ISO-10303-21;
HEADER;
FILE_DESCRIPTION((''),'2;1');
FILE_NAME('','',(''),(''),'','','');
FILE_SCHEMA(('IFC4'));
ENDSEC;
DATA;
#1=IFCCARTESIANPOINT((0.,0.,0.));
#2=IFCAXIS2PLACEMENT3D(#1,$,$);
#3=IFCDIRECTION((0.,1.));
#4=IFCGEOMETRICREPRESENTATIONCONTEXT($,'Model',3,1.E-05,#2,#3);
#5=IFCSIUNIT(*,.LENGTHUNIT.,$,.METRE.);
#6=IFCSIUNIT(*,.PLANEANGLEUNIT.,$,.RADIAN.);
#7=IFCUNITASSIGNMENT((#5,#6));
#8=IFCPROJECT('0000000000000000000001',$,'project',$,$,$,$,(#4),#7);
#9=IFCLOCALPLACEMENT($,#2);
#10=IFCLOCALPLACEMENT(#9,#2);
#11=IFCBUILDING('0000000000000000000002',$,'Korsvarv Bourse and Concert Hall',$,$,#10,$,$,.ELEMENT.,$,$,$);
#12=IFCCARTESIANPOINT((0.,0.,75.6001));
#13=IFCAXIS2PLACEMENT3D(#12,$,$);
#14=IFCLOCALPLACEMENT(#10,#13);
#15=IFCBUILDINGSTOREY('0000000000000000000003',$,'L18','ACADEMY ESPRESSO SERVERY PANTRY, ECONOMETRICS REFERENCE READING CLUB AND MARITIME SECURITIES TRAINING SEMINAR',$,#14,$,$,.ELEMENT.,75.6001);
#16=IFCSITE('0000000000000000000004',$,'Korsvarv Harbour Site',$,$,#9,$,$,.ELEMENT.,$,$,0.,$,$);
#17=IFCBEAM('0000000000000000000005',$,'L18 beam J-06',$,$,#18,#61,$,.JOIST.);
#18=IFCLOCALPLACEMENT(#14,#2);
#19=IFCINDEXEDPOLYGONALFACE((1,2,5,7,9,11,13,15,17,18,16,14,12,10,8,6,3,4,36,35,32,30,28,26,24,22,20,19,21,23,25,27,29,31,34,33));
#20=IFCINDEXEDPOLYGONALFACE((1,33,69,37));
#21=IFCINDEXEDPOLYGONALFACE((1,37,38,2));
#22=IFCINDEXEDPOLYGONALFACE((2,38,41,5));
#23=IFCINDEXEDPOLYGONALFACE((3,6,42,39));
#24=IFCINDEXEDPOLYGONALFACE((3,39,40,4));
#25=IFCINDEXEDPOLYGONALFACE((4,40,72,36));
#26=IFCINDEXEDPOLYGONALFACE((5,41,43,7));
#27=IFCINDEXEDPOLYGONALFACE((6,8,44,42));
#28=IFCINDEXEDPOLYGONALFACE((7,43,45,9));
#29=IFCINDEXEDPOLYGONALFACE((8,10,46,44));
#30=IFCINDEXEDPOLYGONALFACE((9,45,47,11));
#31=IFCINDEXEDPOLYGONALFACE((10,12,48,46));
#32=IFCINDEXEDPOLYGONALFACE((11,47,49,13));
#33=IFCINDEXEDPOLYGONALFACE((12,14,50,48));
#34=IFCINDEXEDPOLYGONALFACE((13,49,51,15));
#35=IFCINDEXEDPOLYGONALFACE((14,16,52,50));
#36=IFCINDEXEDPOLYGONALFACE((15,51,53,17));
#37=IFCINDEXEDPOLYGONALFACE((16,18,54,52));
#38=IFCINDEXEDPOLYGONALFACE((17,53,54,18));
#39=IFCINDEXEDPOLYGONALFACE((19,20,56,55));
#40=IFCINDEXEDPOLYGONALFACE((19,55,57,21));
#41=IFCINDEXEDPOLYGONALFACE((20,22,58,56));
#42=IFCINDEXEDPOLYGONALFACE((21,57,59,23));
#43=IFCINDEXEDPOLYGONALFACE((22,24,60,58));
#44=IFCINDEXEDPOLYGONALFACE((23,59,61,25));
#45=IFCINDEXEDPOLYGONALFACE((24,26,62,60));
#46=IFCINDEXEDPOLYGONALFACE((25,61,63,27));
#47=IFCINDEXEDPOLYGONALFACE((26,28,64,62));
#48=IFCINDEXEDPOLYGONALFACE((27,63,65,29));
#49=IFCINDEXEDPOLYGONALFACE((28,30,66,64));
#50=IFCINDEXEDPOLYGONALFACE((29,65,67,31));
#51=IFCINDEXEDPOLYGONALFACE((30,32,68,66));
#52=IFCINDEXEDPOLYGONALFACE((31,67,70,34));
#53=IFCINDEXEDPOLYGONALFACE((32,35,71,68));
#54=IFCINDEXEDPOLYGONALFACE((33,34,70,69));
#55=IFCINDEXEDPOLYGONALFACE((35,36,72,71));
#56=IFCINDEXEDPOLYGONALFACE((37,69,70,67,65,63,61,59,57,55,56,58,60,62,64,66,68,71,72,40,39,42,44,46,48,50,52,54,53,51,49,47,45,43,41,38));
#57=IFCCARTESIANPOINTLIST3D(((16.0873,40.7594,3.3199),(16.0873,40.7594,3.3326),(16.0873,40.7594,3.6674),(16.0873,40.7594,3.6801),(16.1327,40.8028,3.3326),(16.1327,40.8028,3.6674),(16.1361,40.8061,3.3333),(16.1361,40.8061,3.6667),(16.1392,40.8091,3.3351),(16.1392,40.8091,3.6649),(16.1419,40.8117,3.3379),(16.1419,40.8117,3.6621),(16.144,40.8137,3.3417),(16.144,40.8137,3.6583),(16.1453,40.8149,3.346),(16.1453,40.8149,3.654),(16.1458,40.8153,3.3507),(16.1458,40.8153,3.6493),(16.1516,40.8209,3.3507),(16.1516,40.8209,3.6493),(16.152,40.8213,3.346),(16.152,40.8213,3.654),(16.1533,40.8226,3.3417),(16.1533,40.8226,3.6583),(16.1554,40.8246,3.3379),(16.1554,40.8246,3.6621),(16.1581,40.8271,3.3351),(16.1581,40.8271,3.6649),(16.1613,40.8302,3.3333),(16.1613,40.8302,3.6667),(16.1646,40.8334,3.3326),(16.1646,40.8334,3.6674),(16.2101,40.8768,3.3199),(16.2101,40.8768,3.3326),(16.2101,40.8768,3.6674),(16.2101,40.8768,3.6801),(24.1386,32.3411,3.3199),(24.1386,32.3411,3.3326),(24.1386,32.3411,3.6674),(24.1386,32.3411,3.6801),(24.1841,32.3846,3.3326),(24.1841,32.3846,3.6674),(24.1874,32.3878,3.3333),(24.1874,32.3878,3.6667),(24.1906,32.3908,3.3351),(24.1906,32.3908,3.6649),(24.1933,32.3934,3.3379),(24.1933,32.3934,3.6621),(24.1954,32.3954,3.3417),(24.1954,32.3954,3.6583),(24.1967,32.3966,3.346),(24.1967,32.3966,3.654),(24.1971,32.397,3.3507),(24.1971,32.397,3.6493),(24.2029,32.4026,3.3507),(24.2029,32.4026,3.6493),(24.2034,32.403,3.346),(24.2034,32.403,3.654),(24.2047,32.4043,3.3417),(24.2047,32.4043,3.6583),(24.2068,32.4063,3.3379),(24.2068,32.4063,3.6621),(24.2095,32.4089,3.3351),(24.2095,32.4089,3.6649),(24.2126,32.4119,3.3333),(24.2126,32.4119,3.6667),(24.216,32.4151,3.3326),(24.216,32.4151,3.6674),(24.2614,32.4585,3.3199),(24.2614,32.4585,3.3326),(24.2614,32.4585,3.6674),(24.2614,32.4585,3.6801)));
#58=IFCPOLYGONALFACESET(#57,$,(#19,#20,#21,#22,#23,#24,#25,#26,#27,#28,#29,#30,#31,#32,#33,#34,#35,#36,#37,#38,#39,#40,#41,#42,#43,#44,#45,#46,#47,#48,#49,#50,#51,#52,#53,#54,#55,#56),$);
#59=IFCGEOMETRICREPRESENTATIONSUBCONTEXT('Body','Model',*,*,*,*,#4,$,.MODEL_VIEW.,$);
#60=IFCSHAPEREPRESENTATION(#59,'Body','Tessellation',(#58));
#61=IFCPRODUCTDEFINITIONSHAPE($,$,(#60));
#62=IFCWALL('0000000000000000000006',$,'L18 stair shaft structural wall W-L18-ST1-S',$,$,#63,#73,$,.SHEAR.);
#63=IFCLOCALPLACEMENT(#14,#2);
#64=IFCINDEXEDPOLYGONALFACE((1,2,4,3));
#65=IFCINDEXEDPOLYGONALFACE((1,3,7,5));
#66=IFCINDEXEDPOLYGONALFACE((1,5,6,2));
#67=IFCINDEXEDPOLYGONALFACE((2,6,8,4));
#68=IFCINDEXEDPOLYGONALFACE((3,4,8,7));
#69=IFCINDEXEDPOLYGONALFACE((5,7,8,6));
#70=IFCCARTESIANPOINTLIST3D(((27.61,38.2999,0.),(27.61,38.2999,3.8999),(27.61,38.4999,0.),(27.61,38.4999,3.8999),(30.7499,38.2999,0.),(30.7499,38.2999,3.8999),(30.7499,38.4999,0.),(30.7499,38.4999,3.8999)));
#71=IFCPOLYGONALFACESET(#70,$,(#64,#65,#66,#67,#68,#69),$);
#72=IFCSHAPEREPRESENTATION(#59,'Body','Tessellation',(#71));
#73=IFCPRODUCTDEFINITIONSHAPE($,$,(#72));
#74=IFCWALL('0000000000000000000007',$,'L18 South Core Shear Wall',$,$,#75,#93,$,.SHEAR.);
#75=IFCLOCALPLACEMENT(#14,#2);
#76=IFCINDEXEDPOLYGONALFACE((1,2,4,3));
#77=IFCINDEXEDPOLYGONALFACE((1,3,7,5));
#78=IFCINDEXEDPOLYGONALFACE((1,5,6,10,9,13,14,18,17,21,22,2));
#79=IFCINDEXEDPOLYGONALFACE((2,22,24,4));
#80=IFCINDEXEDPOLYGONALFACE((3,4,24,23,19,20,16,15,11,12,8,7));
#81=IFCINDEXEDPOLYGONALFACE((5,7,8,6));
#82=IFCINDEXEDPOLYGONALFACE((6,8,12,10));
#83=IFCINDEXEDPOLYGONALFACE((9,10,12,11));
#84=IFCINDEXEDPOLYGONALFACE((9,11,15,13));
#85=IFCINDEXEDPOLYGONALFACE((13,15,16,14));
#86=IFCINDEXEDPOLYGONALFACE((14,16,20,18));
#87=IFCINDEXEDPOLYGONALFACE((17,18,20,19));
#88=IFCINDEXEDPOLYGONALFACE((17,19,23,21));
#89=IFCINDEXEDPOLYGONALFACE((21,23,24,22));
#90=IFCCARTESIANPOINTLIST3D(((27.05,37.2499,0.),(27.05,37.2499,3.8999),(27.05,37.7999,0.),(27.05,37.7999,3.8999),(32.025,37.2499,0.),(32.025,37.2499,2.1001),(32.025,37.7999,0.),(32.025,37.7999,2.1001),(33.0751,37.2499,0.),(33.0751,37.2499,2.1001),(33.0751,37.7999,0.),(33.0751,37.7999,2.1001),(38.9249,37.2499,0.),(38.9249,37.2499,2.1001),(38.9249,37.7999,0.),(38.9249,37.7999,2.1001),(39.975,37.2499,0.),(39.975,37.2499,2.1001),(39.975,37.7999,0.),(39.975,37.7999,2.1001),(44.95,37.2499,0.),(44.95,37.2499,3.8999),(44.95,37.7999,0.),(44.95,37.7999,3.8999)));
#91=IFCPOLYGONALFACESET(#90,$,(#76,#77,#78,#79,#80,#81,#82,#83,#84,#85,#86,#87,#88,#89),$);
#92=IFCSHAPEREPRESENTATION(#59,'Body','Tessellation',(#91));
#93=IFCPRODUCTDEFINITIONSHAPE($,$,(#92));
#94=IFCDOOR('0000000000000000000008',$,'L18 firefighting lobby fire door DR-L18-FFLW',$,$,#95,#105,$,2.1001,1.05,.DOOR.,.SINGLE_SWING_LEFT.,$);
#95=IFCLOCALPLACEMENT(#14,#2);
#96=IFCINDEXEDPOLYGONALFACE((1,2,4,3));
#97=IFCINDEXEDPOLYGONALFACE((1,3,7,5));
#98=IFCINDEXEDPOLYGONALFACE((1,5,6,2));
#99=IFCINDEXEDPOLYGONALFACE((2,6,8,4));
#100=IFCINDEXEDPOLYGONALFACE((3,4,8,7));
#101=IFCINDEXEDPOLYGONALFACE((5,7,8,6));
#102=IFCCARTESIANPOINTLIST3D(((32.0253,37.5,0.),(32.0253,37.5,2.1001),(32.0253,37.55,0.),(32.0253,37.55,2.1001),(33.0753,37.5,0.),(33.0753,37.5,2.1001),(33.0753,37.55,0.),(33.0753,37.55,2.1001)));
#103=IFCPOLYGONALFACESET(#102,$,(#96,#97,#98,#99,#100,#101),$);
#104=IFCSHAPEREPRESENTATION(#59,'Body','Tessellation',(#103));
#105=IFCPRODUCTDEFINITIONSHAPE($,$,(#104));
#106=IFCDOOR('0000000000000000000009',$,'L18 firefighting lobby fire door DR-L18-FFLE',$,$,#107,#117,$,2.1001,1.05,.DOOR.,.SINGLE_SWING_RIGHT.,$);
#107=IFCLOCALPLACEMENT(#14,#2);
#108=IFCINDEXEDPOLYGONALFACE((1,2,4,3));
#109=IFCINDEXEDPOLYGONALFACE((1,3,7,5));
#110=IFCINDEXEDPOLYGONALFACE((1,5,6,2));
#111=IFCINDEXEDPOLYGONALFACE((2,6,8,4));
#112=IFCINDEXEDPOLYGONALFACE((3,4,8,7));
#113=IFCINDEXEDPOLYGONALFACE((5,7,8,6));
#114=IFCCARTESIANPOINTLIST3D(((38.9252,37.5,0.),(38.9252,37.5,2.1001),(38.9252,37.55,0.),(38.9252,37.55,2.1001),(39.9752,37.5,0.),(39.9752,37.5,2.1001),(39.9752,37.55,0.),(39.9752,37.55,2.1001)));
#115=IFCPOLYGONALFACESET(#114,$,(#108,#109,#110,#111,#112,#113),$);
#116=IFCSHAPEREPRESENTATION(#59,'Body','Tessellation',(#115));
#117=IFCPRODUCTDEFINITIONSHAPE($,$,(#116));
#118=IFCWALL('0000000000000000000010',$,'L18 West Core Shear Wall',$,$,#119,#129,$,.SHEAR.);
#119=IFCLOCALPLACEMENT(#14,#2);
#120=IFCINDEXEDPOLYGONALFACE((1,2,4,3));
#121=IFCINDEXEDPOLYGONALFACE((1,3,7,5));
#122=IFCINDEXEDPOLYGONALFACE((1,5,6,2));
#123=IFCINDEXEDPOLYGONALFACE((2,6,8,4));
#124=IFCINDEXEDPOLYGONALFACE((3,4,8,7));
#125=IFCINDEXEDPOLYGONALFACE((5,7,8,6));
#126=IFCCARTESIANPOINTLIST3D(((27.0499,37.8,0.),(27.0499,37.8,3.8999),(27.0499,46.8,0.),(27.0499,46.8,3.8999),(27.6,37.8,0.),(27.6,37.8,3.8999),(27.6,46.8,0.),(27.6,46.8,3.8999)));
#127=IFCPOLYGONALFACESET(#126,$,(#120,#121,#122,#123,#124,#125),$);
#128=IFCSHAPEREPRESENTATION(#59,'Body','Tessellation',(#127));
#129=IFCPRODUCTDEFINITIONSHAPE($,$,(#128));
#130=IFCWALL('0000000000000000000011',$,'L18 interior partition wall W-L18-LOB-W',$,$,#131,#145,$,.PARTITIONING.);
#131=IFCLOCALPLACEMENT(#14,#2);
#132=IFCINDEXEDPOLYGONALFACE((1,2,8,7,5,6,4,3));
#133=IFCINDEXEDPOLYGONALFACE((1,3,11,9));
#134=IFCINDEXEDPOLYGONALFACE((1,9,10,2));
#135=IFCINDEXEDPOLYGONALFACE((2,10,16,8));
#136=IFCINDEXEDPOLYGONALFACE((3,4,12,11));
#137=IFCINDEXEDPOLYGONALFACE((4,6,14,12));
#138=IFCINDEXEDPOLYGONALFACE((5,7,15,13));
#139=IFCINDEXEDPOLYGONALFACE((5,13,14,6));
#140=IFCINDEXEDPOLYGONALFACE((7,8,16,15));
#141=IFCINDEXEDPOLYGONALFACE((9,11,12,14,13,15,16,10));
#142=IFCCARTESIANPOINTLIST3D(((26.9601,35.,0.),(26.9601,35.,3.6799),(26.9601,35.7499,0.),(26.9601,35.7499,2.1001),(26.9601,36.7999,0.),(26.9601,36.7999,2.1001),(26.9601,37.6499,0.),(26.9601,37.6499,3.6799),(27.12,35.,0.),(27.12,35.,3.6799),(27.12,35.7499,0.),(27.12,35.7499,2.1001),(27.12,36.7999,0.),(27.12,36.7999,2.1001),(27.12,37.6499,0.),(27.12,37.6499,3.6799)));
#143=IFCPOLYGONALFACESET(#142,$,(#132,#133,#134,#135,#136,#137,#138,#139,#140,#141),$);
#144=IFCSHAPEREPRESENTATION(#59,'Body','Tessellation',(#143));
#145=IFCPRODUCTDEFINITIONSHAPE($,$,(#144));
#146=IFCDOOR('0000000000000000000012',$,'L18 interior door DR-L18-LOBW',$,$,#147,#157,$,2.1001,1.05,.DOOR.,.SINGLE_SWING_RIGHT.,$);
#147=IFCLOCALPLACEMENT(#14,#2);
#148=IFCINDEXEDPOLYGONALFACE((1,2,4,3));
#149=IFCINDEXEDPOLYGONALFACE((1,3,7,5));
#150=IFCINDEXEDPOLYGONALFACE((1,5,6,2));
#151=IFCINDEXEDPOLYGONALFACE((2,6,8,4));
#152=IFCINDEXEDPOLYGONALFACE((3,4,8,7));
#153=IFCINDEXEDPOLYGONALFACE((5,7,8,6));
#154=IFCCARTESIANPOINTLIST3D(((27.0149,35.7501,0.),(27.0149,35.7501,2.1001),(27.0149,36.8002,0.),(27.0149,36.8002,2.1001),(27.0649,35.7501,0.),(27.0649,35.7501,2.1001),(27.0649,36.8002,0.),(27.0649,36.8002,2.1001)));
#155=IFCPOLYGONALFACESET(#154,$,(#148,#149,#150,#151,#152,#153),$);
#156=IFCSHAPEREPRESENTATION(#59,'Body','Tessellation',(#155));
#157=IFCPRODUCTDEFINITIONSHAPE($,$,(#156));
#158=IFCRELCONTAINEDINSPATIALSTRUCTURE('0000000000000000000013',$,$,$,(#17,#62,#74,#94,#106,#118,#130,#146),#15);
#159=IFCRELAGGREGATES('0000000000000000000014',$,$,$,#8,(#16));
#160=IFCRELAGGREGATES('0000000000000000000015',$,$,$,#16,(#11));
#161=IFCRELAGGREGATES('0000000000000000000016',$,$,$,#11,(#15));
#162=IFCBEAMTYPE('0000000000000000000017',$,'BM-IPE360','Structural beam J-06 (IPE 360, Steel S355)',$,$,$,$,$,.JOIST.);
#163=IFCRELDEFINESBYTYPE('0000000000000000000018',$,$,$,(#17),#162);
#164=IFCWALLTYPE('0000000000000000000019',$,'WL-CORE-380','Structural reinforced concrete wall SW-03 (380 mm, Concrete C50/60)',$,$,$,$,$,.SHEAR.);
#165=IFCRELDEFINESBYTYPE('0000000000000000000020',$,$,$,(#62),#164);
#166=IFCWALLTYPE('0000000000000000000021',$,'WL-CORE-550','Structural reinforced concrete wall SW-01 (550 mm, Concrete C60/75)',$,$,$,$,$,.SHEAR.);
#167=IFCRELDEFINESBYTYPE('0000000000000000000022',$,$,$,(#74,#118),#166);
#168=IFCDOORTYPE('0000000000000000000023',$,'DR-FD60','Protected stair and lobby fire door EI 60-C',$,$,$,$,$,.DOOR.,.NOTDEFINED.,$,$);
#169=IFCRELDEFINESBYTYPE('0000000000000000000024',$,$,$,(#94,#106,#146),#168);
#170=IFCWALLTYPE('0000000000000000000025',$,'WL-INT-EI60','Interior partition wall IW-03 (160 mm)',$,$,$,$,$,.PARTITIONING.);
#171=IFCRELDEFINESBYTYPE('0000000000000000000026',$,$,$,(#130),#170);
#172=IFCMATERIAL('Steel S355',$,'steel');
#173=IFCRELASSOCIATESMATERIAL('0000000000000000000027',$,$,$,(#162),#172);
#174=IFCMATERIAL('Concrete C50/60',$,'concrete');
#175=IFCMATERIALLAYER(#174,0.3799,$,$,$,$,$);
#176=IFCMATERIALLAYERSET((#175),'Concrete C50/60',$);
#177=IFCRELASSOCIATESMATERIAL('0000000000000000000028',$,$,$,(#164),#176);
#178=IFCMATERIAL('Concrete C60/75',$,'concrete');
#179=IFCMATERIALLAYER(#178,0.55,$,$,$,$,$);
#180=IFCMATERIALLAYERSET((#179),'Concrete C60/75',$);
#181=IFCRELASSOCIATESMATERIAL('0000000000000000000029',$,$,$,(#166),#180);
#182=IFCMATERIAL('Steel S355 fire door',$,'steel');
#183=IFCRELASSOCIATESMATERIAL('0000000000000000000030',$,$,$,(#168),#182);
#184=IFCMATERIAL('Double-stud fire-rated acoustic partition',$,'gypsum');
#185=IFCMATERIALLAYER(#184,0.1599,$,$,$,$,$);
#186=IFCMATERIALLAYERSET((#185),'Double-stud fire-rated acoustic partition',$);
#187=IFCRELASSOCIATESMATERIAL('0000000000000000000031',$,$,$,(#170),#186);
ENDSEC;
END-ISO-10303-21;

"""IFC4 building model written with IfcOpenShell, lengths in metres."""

from ifc_helpers import new_model, si_unit, direction, frame, frame_2d, origin, origin_2d, place, context, subcontext, project, spatial, rectangle, i_section, extrude, source, transform, mapped, material, layer, layer_set, material_profile, profile_set, type_object, element, fill, save


model = new_model("IFC4")

# Units and contexts
model_context = context("Model", 3, precision=1e-05, world=origin(), true_north=direction((0.0, 1.0)))
body_context = subcontext(model_context, "Body", "Model", "MODEL_VIEW")
ifc_project = project(units=[si_unit("LENGTHUNIT", "METRE"), si_unit("PLANEANGLEUNIT", "RADIAN")], contexts=[model_context])

# Site, building, storey
site_placement = place(None, origin())
site = spatial("IfcSite", under=ifc_project, at=site_placement, Name="Korsvarv Harbour Site", CompositionType="ELEMENT", RefElevation=0.0)
building_placement = place(site_placement, origin())
building = spatial("IfcBuilding", under=site, at=building_placement, Name="Korsvarv Bourse and Concert Hall", CompositionType="ELEMENT")
storey_placement = place(building_placement, frame((0.0, 0.0, 75.6001)))
storey = spatial("IfcBuildingStorey", under=building, at=storey_placement, Name="L18", Description="ACADEMY ESPRESSO SERVERY PANTRY, ECONOMETRICS REFERENCE READING CLUB AND MARITIME SECURITIES TRAINING SEMINAR", CompositionType="ELEMENT", Elevation=75.6001)

# Shared definitions
ifc_material_1 = material(Name="Concrete C60/75", Category="concrete")

# Beam
ifc_material_2 = material(Name="Steel S355", Category="steel")
ifc_material_profile_1 = material_profile(ifc_material_2, i_section(OverallWidth=0.1699, OverallDepth=0.3601, WebThickness=0.0081, FlangeThickness=0.0127, FilletRadius=0.0181, at=origin_2d()), Name="IPE 360")
ifc_profile_set_1 = profile_set([ifc_material_profile_1], Name="Steel S355")
beam_type_1 = type_object("IfcBeamType", Name="BM-IPE360", Description="Structural beam J-06 (IPE 360, Steel S355)", PredefinedType="JOIST", material=ifc_profile_set_1)
shared_shape_1 = source(origin(), body_context, "Body", "SweptSolid", [
    extrude(i_section(OverallWidth=0.1699, OverallDepth=0.3601, WebThickness=0.0081, FlangeThickness=0.0127, FilletRadius=0.0181, at=origin_2d()), origin(), (0.0, 0.0, 1.0), 11.6487),
])
beam_1_placement = place(storey_placement, frame((16.1487, 40.8181, 3.5), z_axis=(0.691181, -0.722682, 0.0), x_axis=(0.722682, 0.691181, 0.0)))
element("IfcBeam", 1, at=beam_1_placement, inside=storey, type_object=beam_type_1, Name="L18 beam J-06", PredefinedType="JOIST", context=body_context, shape_type="MappedRepresentation", body=[
    mapped(shared_shape_1, transform((0.0, 0.0, 0.0), scale=1.0)),
])

# Wall
ifc_material_3 = material(Name="Concrete C50/60", Category="concrete")
ifc_layer_1 = layer(ifc_material_3, 0.3799)
ifc_layer_set_1 = layer_set([ifc_layer_1], Name="Concrete C50/60")
wall_type_1 = type_object("IfcWallType", Name="WL-CORE-380", Description="Structural reinforced concrete wall SW-03 (380 mm, Concrete C50/60)", PredefinedType="SHEAR", material=ifc_layer_set_1)
wall_1_placement = place(storey_placement, frame((27.6101, 38.3999, 0.0), z_axis=(0.0, 0.0, 1.0), x_axis=(1.0, 0.0, 0.0)))
element("IfcWall", 2, at=wall_1_placement, inside=storey, type_object=wall_type_1, Name="L18 stair shaft structural wall W-L18-ST1-S", PredefinedType="SHEAR", context=body_context, shape_type="SweptSolid", body=[
    extrude(rectangle(XDim=3.1399, YDim=0.2, at=frame_2d((1.5698, 0.0))), origin(), (0.0, 0.0, 1.0), 3.8999),
])

# Wall, openings, doors
ifc_layer_2 = layer(ifc_material_1, 0.55)
ifc_layer_set_2 = layer_set([ifc_layer_2], Name="Concrete C60/75")
wall_type_2 = type_object("IfcWallType", Name="WL-CORE-550", Description="Structural reinforced concrete wall SW-01 (550 mm, Concrete C60/75)", PredefinedType="SHEAR", material=ifc_layer_set_2)
wall_2_placement = place(storey_placement, frame((27.05, 37.5249, 0.0), z_axis=(0.0, 0.0, 1.0), x_axis=(1.0, 0.0, 0.0)))
wall_2 = element("IfcWall", 3, at=wall_2_placement, inside=storey, type_object=wall_type_2, Name="L18 South Core Shear Wall", PredefinedType="SHEAR", context=body_context, shape_type="SweptSolid", body=[
    extrude(rectangle(XDim=17.8999, YDim=0.55, at=frame_2d((8.95, 0.0))), origin(), (0.0, 0.0, 1.0), 3.8999),
])
opening_1_placement = place(wall_2_placement, frame((4.9751, 0.0, 0.0)))
opening_1 = element("IfcOpeningElement", 4, at=opening_1_placement, cuts=wall_2, PredefinedType="OPENING", context=body_context, shape_type="SweptSolid", body=[
    extrude(rectangle(XDim=1.05, YDim=2.1001, at=frame_2d((0.5249, 1.05))), frame((0.0, 0.2852, 0.0), z_axis=(0.0, -1.0, 0.0), x_axis=(1.0, 0.0, 0.0)), (0.0, 0.0, 1.0), 0.5701),
])
opening_2_placement = place(wall_2_placement, frame((11.875, 0.0, 0.0)))
opening_2 = element("IfcOpeningElement", 5, at=opening_2_placement, cuts=wall_2, PredefinedType="OPENING", context=body_context, shape_type="SweptSolid", body=[
    extrude(rectangle(XDim=1.05, YDim=2.1001, at=frame_2d((0.5249, 1.05))), frame((0.0, 0.2852, 0.0), z_axis=(0.0, -1.0, 0.0), x_axis=(1.0, 0.0, 0.0)), (0.0, 0.0, 1.0), 0.5701),
])
ifc_material_4 = material(Name="Steel S355 fire door", Category="steel")
door_type_1 = type_object("IfcDoorType", Name="DR-FD60", Description="Protected stair and lobby fire door EI 60-C", OperationType="NOTDEFINED", PredefinedType="DOOR", material=ifc_material_4)
door_1_placement = place(opening_1_placement, frame((1.05, 0.0, 0.0), z_axis=(0.0, 0.0, 1.0), x_axis=(-1.0, 0.0, 0.0)))
door_1 = element("IfcDoor", 6, at=door_1_placement, inside=storey, type_object=door_type_1, Name="L18 firefighting lobby fire door DR-L18-FFLW", OperationType="SINGLE_SWING_LEFT", OverallHeight=2.1001, OverallWidth=1.05, PredefinedType="DOOR", context=body_context, shape_type="SweptSolid", body=[
    extrude(rectangle(XDim=1.05, YDim=2.1001, at=frame_2d((0.5249, 1.05))), frame((0.0, 0.0249, 0.0), z_axis=(0.0, -1.0, 0.0), x_axis=(1.0, 0.0, 0.0)), (0.0, 0.0, 1.0), 0.05),
])
fill(opening_1, door_1)
door_2_placement = place(opening_2_placement, frame((1.05, 0.0, 0.0), z_axis=(0.0, 0.0, 1.0), x_axis=(-1.0, 0.0, 0.0)))
door_2 = element("IfcDoor", 7, at=door_2_placement, inside=storey, type_object=door_type_1, Name="L18 firefighting lobby fire door DR-L18-FFLE", OperationType="SINGLE_SWING_RIGHT", OverallHeight=2.1001, OverallWidth=1.05, PredefinedType="DOOR", context=body_context, shape_type="SweptSolid", body=[
    extrude(rectangle(XDim=1.05, YDim=2.1001, at=frame_2d((0.5249, 1.05))), frame((0.0, 0.0249, 0.0), z_axis=(0.0, -1.0, 0.0), x_axis=(1.0, 0.0, 0.0)), (0.0, 0.0, 1.0), 0.05),
])
fill(opening_2, door_2)

# Wall
wall_3_placement = place(storey_placement, frame((27.325, 37.8, 0.0), z_axis=(0.0, 0.0, 1.0), x_axis=(0.0, 1.0, 0.0)))
element("IfcWall", 8, at=wall_3_placement, inside=storey, type_object=wall_type_2, Name="L18 West Core Shear Wall", PredefinedType="SHEAR", context=body_context, shape_type="SweptSolid", body=[
    extrude(rectangle(XDim=9.0, YDim=0.55, at=frame_2d((4.5, 0.0))), origin(), (0.0, 0.0, 1.0), 3.8999),
])

# Wall, opening, door
ifc_material_5 = material(Name="Double-stud fire-rated acoustic partition", Category="gypsum")
ifc_layer_3 = layer(ifc_material_5, 0.1599)
ifc_layer_set_3 = layer_set([ifc_layer_3], Name="Double-stud fire-rated acoustic partition")
wall_type_3 = type_object("IfcWallType", Name="WL-INT-EI60", Description="Interior partition wall IW-03 (160 mm)", PredefinedType="PARTITIONING", material=ifc_layer_set_3)
wall_4_placement = place(storey_placement, frame((27.04, 35.0, 0.0), z_axis=(0.0, 0.0, 1.0), x_axis=(0.0, 1.0, 0.0)))
wall_4 = element("IfcWall", 9, at=wall_4_placement, inside=storey, type_object=wall_type_3, Name="L18 interior partition wall W-L18-LOB-W", PredefinedType="PARTITIONING", context=body_context, shape_type="SweptSolid", body=[
    extrude(rectangle(XDim=2.6499, YDim=0.1599, at=frame_2d((1.325, 0.0))), origin(), (0.0, 0.0, 1.0), 3.6799),
])
opening_3_placement = place(wall_4_placement, frame((0.75, 0.0, 0.0)))
opening_3 = element("IfcOpeningElement", 10, at=opening_3_placement, cuts=wall_4, PredefinedType="OPENING", context=body_context, shape_type="SweptSolid", body=[
    extrude(rectangle(XDim=1.05, YDim=2.1001, at=frame_2d((0.5249, 1.05))), frame((0.0, 0.0898, 0.0), z_axis=(0.0, -1.0, 0.0), x_axis=(1.0, 0.0, 0.0)), (0.0, 0.0, 1.0), 0.1799),
])
door_3_placement = place(opening_3_placement, frame((1.05, 0.0, 0.0), z_axis=(0.0, 0.0, 1.0), x_axis=(-1.0, 0.0, 0.0)))
door_3 = element("IfcDoor", 11, at=door_3_placement, inside=storey, type_object=door_type_1, Name="L18 interior door DR-L18-LOBW", OperationType="SINGLE_SWING_RIGHT", OverallHeight=2.1001, OverallWidth=1.05, PredefinedType="DOOR", context=body_context, shape_type="SweptSolid", body=[
    extrude(rectangle(XDim=1.05, YDim=2.1001, at=frame_2d((0.5249, 1.05))), frame((0.0, 0.0249, 0.0), z_axis=(0.0, -1.0, 0.0), x_axis=(1.0, 0.0, 0.0)), (0.0, 0.0, 1.0), 0.05),
])
fill(opening_3, door_3)

save(model, "model.ifc")
